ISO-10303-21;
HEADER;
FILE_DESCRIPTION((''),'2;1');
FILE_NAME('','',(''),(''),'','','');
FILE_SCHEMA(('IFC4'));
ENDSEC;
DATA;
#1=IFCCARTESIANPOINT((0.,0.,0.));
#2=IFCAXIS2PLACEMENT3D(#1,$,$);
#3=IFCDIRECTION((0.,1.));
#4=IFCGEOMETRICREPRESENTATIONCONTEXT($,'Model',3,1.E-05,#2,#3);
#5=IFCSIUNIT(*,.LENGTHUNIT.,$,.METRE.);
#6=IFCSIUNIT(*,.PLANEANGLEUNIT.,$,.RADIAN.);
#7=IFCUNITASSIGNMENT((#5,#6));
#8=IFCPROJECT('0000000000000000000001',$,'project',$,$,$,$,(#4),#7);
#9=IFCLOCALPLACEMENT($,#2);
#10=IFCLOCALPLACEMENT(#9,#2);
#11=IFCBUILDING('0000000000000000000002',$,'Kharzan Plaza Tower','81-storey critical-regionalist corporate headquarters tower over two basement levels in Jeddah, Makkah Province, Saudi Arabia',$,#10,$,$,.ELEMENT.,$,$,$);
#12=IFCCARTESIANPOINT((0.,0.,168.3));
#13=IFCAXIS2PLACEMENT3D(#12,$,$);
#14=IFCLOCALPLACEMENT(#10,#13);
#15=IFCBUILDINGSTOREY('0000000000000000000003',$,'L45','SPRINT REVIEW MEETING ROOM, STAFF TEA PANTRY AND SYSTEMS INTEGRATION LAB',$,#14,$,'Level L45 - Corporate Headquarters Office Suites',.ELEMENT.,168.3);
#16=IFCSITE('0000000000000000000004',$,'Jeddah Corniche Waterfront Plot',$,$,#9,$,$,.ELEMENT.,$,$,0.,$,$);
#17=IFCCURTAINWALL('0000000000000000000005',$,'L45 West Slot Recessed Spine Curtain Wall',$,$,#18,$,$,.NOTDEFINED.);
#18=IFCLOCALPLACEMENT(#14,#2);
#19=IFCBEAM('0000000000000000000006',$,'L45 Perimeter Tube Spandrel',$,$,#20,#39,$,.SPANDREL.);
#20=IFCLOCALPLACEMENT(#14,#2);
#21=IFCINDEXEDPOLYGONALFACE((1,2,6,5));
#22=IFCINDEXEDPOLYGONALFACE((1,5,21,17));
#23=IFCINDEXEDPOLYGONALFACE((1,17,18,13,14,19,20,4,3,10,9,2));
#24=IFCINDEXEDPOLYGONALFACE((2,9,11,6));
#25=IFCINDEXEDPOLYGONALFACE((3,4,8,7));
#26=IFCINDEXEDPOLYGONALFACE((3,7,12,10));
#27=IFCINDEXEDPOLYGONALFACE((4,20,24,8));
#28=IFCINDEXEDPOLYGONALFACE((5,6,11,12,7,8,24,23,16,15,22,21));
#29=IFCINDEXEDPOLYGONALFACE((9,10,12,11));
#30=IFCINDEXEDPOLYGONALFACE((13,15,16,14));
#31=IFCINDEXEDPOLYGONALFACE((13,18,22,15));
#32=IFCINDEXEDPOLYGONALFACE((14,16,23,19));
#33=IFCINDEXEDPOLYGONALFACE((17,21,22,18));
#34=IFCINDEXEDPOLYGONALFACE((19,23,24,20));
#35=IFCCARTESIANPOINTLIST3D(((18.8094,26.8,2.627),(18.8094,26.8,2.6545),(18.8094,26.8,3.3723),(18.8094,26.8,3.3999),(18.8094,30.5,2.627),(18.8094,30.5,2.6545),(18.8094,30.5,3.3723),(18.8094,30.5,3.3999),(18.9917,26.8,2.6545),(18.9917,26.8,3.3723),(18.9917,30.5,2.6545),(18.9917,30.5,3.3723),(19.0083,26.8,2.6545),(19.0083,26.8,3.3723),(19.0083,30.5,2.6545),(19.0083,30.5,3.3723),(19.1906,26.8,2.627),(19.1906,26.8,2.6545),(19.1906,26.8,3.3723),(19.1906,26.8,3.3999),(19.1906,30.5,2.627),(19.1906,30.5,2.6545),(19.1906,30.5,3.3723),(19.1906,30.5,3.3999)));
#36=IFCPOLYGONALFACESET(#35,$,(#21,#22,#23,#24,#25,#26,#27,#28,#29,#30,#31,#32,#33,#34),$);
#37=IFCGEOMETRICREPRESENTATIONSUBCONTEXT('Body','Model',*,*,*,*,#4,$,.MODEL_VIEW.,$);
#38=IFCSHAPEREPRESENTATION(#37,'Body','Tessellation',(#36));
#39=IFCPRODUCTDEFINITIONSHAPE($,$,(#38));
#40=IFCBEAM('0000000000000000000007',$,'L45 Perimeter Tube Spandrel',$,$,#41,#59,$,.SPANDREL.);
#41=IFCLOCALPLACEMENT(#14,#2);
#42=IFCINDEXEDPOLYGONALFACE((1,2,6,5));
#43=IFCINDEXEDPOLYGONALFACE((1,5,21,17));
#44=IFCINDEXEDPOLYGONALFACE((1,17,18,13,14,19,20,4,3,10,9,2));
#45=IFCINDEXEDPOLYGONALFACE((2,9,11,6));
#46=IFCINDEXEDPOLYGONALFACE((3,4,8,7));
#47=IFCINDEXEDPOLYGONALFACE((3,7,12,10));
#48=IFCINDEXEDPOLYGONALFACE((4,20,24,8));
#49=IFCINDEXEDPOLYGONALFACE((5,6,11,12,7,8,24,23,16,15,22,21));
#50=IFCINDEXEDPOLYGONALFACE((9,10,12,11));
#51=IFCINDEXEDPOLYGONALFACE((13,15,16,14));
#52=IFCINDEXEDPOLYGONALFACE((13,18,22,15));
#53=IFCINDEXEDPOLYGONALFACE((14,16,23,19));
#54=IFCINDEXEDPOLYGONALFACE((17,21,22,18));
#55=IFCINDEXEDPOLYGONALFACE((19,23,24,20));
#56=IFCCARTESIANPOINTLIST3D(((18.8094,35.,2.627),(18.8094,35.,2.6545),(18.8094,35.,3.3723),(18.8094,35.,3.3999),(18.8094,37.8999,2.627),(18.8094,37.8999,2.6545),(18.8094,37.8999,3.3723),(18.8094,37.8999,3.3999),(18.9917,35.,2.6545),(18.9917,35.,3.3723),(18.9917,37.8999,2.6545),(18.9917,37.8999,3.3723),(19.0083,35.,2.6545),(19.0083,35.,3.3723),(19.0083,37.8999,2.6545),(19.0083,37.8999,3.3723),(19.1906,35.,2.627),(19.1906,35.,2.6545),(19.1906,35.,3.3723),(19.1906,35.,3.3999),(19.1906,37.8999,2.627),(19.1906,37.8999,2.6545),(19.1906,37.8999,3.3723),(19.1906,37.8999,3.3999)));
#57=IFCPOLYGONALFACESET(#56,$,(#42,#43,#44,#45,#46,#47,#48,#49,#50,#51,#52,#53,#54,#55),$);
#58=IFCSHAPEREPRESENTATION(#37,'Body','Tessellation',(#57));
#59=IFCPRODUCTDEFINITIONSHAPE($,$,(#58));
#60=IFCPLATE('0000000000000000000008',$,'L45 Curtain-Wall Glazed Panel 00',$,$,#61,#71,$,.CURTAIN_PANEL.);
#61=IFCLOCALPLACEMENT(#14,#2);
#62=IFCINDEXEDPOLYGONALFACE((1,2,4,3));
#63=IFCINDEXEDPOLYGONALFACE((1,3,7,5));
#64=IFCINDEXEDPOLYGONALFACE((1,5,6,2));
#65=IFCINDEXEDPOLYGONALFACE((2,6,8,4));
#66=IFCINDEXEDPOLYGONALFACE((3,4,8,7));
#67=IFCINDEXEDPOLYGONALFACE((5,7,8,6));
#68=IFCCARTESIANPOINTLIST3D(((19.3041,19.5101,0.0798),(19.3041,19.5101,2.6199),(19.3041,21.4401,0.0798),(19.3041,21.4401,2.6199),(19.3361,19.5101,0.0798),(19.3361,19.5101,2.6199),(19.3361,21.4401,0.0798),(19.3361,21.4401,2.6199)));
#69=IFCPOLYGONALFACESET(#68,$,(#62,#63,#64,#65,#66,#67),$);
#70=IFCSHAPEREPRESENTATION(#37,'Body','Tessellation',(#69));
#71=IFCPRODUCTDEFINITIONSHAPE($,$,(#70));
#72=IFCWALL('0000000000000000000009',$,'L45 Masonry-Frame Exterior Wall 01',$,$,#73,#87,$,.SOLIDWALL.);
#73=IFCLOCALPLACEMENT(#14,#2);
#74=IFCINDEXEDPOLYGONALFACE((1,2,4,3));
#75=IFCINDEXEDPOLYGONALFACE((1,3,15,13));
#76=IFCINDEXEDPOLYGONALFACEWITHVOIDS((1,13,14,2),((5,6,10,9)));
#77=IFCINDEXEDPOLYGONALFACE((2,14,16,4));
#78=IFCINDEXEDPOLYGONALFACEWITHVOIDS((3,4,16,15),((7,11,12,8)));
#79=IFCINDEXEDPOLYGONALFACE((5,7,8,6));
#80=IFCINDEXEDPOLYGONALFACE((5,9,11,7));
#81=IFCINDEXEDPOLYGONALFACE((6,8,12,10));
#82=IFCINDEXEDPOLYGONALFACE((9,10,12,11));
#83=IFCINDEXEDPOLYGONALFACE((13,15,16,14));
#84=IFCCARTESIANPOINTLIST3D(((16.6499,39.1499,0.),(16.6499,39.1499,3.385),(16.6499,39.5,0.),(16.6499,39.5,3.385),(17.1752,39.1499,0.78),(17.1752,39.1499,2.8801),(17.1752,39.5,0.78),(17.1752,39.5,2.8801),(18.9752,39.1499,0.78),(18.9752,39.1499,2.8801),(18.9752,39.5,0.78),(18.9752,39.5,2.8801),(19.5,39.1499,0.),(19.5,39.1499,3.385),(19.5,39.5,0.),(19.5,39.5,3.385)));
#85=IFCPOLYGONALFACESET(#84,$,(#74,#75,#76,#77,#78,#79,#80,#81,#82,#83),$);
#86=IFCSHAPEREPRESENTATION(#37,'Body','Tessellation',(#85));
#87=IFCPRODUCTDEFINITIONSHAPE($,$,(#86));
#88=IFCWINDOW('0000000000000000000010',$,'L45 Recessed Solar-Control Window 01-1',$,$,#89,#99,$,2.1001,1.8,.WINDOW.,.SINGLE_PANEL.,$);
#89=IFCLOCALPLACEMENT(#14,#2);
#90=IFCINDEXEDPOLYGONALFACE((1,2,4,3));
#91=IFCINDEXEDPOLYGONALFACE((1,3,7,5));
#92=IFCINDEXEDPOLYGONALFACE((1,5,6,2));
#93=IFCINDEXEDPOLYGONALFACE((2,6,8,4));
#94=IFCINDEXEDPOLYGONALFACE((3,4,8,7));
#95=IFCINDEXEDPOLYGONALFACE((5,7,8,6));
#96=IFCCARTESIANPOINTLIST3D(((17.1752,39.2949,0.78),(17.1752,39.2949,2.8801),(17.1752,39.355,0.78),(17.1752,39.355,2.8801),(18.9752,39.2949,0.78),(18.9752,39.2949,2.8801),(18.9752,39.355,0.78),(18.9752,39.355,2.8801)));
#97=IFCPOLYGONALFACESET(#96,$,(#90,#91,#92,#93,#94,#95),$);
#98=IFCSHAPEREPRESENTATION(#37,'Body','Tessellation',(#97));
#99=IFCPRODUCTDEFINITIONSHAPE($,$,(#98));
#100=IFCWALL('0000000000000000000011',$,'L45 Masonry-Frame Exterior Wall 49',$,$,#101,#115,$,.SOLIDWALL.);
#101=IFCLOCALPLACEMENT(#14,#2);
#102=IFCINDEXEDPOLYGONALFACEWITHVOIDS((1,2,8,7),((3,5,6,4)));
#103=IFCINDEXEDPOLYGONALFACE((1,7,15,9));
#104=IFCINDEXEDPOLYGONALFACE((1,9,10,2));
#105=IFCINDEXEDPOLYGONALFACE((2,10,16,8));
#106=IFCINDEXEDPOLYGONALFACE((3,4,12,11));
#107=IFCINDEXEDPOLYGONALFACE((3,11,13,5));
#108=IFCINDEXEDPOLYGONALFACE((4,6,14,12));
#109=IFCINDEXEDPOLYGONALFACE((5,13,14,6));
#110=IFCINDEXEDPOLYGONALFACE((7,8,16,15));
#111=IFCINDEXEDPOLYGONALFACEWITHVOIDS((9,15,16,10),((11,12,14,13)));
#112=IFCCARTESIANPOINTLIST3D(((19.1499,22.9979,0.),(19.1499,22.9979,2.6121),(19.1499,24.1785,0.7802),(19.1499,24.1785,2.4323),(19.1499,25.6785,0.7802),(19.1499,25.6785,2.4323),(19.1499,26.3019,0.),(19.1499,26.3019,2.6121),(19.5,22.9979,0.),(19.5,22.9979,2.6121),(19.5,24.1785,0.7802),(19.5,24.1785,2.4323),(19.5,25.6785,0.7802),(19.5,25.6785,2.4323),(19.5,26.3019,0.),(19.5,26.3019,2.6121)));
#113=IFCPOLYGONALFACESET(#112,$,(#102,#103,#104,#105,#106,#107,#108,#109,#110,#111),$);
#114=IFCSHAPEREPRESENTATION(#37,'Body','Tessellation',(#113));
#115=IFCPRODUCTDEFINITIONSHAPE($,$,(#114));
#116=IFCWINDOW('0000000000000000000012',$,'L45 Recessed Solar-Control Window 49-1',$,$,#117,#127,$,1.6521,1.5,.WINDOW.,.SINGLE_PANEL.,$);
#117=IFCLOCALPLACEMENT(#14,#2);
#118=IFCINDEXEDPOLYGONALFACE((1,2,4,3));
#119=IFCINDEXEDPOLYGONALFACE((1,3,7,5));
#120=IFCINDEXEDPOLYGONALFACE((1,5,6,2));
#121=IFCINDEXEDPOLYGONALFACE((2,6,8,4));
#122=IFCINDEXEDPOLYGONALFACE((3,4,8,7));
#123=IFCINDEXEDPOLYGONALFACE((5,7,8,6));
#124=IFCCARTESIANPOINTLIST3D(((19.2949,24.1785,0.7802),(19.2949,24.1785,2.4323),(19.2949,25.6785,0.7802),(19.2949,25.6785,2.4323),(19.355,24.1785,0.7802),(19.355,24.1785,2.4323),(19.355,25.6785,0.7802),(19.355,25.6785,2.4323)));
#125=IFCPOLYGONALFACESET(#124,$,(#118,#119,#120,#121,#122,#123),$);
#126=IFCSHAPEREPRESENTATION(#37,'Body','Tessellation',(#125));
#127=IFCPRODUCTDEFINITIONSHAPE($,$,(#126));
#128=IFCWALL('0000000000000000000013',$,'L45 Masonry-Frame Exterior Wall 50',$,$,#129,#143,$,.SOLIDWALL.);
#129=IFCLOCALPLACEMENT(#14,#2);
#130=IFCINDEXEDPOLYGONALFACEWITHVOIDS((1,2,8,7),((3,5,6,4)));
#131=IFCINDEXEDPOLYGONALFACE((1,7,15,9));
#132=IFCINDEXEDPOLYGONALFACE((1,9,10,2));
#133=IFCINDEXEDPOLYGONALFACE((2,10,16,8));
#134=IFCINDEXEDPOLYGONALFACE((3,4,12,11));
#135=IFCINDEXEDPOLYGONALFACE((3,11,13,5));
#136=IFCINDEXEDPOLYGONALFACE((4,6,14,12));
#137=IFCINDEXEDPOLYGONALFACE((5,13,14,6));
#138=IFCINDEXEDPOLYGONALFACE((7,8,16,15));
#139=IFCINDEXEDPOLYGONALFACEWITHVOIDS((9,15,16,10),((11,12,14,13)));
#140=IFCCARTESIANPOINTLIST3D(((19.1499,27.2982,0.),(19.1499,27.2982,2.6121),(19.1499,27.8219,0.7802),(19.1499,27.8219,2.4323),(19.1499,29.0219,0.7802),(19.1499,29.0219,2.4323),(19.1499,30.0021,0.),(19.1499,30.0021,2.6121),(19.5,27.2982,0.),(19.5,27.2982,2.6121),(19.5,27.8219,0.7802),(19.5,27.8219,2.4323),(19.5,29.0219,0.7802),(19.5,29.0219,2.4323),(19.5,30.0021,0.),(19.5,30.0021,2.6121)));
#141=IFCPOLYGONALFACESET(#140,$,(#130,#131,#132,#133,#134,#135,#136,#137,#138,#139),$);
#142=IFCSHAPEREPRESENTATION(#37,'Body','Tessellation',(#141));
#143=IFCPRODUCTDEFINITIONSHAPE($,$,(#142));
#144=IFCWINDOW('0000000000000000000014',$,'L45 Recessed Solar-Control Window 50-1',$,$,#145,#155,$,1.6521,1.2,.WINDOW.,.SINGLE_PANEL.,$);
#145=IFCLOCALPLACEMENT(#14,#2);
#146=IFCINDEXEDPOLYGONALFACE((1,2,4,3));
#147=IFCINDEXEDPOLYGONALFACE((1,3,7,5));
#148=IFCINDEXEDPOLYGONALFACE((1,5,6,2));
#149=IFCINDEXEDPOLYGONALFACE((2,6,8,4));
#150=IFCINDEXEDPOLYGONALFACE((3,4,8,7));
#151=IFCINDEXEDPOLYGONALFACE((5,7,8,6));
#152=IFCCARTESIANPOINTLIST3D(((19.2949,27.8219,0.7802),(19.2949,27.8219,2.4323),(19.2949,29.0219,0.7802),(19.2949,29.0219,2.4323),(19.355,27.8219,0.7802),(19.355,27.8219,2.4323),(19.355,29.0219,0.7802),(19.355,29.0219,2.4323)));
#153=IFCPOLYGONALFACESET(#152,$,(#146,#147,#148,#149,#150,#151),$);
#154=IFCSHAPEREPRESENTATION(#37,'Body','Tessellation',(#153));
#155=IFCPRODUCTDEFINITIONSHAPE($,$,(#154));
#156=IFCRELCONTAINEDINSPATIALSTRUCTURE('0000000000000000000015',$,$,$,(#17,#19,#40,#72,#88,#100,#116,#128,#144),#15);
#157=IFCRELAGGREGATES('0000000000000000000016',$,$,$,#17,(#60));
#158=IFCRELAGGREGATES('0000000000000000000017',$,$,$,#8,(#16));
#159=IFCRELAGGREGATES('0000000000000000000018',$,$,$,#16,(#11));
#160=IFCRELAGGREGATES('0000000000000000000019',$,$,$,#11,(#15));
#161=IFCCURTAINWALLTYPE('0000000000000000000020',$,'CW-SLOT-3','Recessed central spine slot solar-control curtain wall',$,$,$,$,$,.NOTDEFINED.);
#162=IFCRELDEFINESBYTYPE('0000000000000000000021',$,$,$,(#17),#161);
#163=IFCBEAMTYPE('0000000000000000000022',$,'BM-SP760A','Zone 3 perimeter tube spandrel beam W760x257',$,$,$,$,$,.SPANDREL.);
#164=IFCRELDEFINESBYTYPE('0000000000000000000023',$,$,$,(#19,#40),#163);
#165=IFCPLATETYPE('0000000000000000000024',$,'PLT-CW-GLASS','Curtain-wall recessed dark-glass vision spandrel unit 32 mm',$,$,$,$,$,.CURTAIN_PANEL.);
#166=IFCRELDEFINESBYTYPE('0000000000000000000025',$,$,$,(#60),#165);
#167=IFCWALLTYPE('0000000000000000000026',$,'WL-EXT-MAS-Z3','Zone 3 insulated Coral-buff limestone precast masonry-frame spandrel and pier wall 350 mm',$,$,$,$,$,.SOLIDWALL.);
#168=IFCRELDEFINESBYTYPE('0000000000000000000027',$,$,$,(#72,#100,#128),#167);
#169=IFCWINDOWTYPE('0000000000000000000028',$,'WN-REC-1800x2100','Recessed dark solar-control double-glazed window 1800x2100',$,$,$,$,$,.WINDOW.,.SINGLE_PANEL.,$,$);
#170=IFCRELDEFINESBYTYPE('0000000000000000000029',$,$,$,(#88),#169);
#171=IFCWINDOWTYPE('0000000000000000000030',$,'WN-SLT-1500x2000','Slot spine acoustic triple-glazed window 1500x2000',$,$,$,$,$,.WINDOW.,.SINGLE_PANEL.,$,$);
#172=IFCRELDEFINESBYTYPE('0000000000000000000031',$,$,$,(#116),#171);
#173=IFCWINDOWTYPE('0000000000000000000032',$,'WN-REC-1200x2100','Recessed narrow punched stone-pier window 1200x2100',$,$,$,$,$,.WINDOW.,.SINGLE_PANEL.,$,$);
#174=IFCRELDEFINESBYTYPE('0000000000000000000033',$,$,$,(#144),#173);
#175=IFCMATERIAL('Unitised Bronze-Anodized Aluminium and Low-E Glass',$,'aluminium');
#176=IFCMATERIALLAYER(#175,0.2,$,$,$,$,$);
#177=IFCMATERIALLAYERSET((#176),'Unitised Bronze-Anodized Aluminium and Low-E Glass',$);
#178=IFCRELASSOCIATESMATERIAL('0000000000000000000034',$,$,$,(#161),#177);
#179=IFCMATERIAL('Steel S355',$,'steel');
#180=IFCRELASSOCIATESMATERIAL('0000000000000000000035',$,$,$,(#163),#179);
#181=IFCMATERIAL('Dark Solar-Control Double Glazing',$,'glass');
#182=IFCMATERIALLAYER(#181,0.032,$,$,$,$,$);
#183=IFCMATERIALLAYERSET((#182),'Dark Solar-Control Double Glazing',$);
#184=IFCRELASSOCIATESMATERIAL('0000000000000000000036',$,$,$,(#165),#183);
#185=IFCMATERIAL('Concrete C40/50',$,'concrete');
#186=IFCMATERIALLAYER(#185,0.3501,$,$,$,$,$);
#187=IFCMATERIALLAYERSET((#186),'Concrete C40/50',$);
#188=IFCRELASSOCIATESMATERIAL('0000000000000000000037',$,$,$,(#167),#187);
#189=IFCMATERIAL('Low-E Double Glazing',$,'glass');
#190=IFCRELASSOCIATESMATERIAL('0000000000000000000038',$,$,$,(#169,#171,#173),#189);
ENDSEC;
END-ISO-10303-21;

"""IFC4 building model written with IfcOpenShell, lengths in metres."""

from ifc_helpers import new_model, si_unit, direction, frame, frame_2d, origin, origin_2d, place, context, subcontext, project, spatial, rectangle, i_section, extrude, source, transform, mapped, material, layer, layer_set, material_profile, profile_set, type_object, element, fill, aggregate, save


model = new_model("IFC4")

# Units and contexts
model_context = context("Model", 3, precision=1e-05, world=origin(), true_north=direction((0.0, 1.0)))
body_context = subcontext(model_context, "Body", "Model", "MODEL_VIEW")
ifc_project = project(units=[si_unit("LENGTHUNIT", "METRE"), si_unit("PLANEANGLEUNIT", "RADIAN")], contexts=[model_context])

# Site, building, storey
site_placement = place(None, origin())
site = spatial("IfcSite", under=ifc_project, at=site_placement, Name="Jeddah Corniche Waterfront Plot", CompositionType="ELEMENT", RefElevation=0.0)
building_placement = place(site_placement, origin())
building = spatial("IfcBuilding", under=site, at=building_placement, Name="Kharzan Plaza Tower", Description="81-storey critical-regionalist corporate headquarters tower over two basement levels in Jeddah, Makkah Province, Saudi Arabia", CompositionType="ELEMENT")
storey_placement = place(building_placement, frame((0.0, 0.0, 168.3)))
storey = spatial("IfcBuildingStorey", under=building, at=storey_placement, Name="L45", Description="SPRINT REVIEW MEETING ROOM, STAFF TEA PANTRY AND SYSTEMS INTEGRATION LAB", LongName="Level L45 - Corporate Headquarters Office Suites", CompositionType="ELEMENT", Elevation=168.3)

# Shared definitions
ifc_material_1 = material(Name="Steel S355", Category="steel")

# Curtain wall
ifc_material_2 = material(Name="Unitised Bronze-Anodized Aluminium and Low-E Glass", Category="aluminium")
ifc_layer_1 = layer(ifc_material_2, 0.2)
ifc_layer_set_1 = layer_set([ifc_layer_1], Name="Unitised Bronze-Anodized Aluminium and Low-E Glass")
curtain_wall_type = type_object("IfcCurtainWallType", Name="CW-SLOT-3", Description="Recessed central spine slot solar-control curtain wall", PredefinedType="NOTDEFINED", material=ifc_layer_set_1)
curtain_wall_placement = place(storey_placement, origin())
curtain_wall = element("IfcCurtainWall", 1, at=curtain_wall_placement, inside=storey, type_object=curtain_wall_type, Name="L45 West Slot Recessed Spine Curtain Wall", PredefinedType="NOTDEFINED")

# Beams
ifc_material_profile_1 = material_profile(ifc_material_1, i_section(OverallWidth=0.3811, OverallDepth=0.7729, WebThickness=0.0166, FlangeThickness=0.0276, at=origin_2d()), Name="W760x257")
ifc_profile_set_1 = profile_set([ifc_material_profile_1], Name="Steel S355")
beam_type_1 = type_object("IfcBeamType", Name="BM-SP760A", Description="Zone 3 perimeter tube spandrel beam W760x257", PredefinedType="SPANDREL", material=ifc_profile_set_1)
shared_shape_1 = source(origin(), body_context, "Body", "SweptSolid", [
    extrude(i_section(OverallWidth=0.3811, OverallDepth=0.7729, WebThickness=0.0166, FlangeThickness=0.0276, at=origin_2d()), origin(), (0.0, 0.0, 1.0), 3.7),
])
beam_1_placement = place(storey_placement, frame((19.0, 26.8, 3.0134), z_axis=(0.0, 1.0, 0.0), x_axis=(-1.0, 0.0, 0.0)))
element("IfcBeam", 2, at=beam_1_placement, inside=storey, type_object=beam_type_1, Name="L45 Perimeter Tube Spandrel", PredefinedType="SPANDREL", context=body_context, shape_type="MappedRepresentation", body=[
    mapped(shared_shape_1, transform((0.0, 0.0, 0.0), x_axis=(1.0, 0.0, 0.0), y_axis=(0.0, 1.0, 0.0), z_axis=(0.0, 0.0, 1.0))),
])
shared_shape_2 = source(origin(), body_context, "Body", "SweptSolid", [
    extrude(i_section(OverallWidth=0.3811, OverallDepth=0.7729, WebThickness=0.0166, FlangeThickness=0.0276, at=origin_2d()), origin(), (0.0, 0.0, 1.0), 2.8999),
])
beam_2_placement = place(storey_placement, frame((19.0, 35.0, 3.0134), z_axis=(0.0, 1.0, 0.0), x_axis=(-1.0, 0.0, 0.0)))
element("IfcBeam", 3, at=beam_2_placement, inside=storey, type_object=beam_type_1, Name="L45 Perimeter Tube Spandrel", PredefinedType="SPANDREL", context=body_context, shape_type="MappedRepresentation", body=[
    mapped(shared_shape_2, transform((0.0, 0.0, 0.0), x_axis=(1.0, 0.0, 0.0), y_axis=(0.0, 1.0, 0.0), z_axis=(0.0, 0.0, 1.0))),
])

# Plate
ifc_material_3 = material(Name="Dark Solar-Control Double Glazing", Category="glass")
ifc_layer_2 = layer(ifc_material_3, 0.032)
ifc_layer_set_2 = layer_set([ifc_layer_2], Name="Dark Solar-Control Double Glazing")
plate_type = type_object("IfcPlateType", Name="PLT-CW-GLASS", Description="Curtain-wall recessed dark-glass vision spandrel unit 32 mm", PredefinedType="CURTAIN_PANEL", material=ifc_layer_set_2)
shared_shape_3 = source(origin(), body_context, "Body", "SweptSolid", [
    extrude(rectangle(XDim=1.9299, YDim=0.032, at=origin_2d()), origin(), (0.0, 0.0, 1.0), 2.54),
])
plate_placement = place(storey_placement, frame((19.3201, 20.4751, 0.0798), z_axis=(0.0, 0.0, 1.0), x_axis=(0.0, 1.0, 0.0)))
plate = element("IfcPlate", 4, at=plate_placement, type_object=plate_type, Name="L45 Curtain-Wall Glazed Panel 00", PredefinedType="CURTAIN_PANEL", context=body_context, shape_type="MappedRepresentation", body=[
    mapped(shared_shape_3, transform((0.0, 0.0, 0.0), x_axis=(1.0, 0.0, 0.0), y_axis=(0.0, 1.0, 0.0), z_axis=(0.0, 0.0, 1.0))),
])
aggregate(curtain_wall, [plate])

# Walls, openings, windows
ifc_material_4 = material(Name="Concrete C40/50", Category="concrete")
ifc_layer_3 = layer(ifc_material_4, 0.3501)
ifc_layer_set_3 = layer_set([ifc_layer_3], Name="Concrete C40/50")
wall_type_1 = type_object("IfcWallType", Name="WL-EXT-MAS-Z3", Description="Zone 3 insulated Coral-buff limestone precast masonry-frame spandrel and pier wall 350 mm", PredefinedType="SOLIDWALL", material=ifc_layer_set_3)
wall_1_placement = place(storey_placement, frame((19.5, 39.325, 0.0), z_axis=(0.0, 0.0, 1.0), x_axis=(-1.0, 0.0, 0.0)))
wall_1 = element("IfcWall", 5, at=wall_1_placement, inside=storey, type_object=wall_type_1, Name="L45 Masonry-Frame Exterior Wall 01", PredefinedType="SOLIDWALL", context=body_context, shape_type="SweptSolid", body=[
    extrude(rectangle(XDim=2.8501, YDim=0.3501, at=frame_2d((1.425, 0.0))), origin(), (0.0, 0.0, 1.0), 3.385),
])
opening_1_placement = place(wall_1_placement, frame((0.5249, 0.0, 0.78)))
opening_1 = element("IfcOpeningElement", 6, at=opening_1_placement, cuts=wall_1, PredefinedType="OPENING", context=body_context, shape_type="SweptSolid", body=[
    extrude(rectangle(XDim=1.8, YDim=2.1001, at=frame_2d((0.8999, 1.05))), frame((0.0, 0.1851, 0.0), z_axis=(0.0, -1.0, 0.0), x_axis=(1.0, 0.0, 0.0)), (0.0, 0.0, 1.0), 0.3701),
])
ifc_material_5 = material(Name="Low-E Double Glazing", Category="glass")
window_type_1 = type_object("IfcWindowType", Name="WN-REC-1800x2100", Description="Recessed dark solar-control double-glazed window 1800x2100", PartitioningType="SINGLE_PANEL", PredefinedType="WINDOW", material=ifc_material_5)
shared_shape_4 = source(origin(), body_context, "Body", "SweptSolid", [
    extrude(rectangle(XDim=1.8, YDim=2.1001, at=frame_2d((0.8999, 1.05))), frame((0.0, 0.03, 0.0), z_axis=(0.0, -1.0, 0.0), x_axis=(1.0, 0.0, 0.0)), (0.0, 0.0, 1.0), 0.0601),
])
window_1_placement = place(opening_1_placement, origin())
window_1 = element("IfcWindow", 7, at=window_1_placement, inside=storey, type_object=window_type_1, Name="L45 Recessed Solar-Control Window 01-1", OverallHeight=2.1001, OverallWidth=1.8, PartitioningType="SINGLE_PANEL", PredefinedType="WINDOW", context=body_context, shape_type="MappedRepresentation", body=[
    mapped(shared_shape_4, transform((0.0, 0.0, 0.0), x_axis=(1.0, 0.0, 0.0), y_axis=(0.0, 1.0, 0.0), z_axis=(0.0, 0.0, 1.0))),
])
fill(opening_1, window_1)
wall_2_placement = place(storey_placement, frame((19.325, 22.998, 0.0), z_axis=(0.0, 0.0, 1.0), x_axis=(0.0, 1.0, 0.0)))
wall_2 = element("IfcWall", 8, at=wall_2_placement, inside=storey, type_object=wall_type_1, Name="L45 Masonry-Frame Exterior Wall 49", PredefinedType="SOLIDWALL", context=body_context, shape_type="SweptSolid", body=[
    extrude(rectangle(XDim=3.304, YDim=0.3501, at=frame_2d((1.6519, 0.0))), origin(), (0.0, 0.0, 1.0), 2.6121),
])
opening_2_placement = place(wall_2_placement, frame((1.1804, 0.0, 0.78)))
opening_2 = element("IfcOpeningElement", 9, at=opening_2_placement, cuts=wall_2, PredefinedType="OPENING", context=body_context, shape_type="SweptSolid", body=[
    extrude(rectangle(XDim=1.5, YDim=1.6521, at=frame_2d((0.75, 0.8262))), frame((0.0, 0.1851, 0.0), z_axis=(0.0, -1.0, 0.0), x_axis=(1.0, 0.0, 0.0)), (0.0, 0.0, 1.0), 0.3701),
])
window_type_2 = type_object("IfcWindowType", Name="WN-SLT-1500x2000", Description="Slot spine acoustic triple-glazed window 1500x2000", PartitioningType="SINGLE_PANEL", PredefinedType="WINDOW", material=ifc_material_5)
shared_shape_5 = source(origin(), body_context, "Body", "SweptSolid", [
    extrude(rectangle(XDim=1.5, YDim=1.6521, at=frame_2d((0.75, 0.8262))), frame((0.0, 0.03, 0.0), z_axis=(0.0, -1.0, 0.0), x_axis=(1.0, 0.0, 0.0)), (0.0, 0.0, 1.0), 0.0601),
])
window_2_placement = place(opening_2_placement, origin())
window_2 = element("IfcWindow", 10, at=window_2_placement, inside=storey, type_object=window_type_2, Name="L45 Recessed Solar-Control Window 49-1", OverallHeight=1.6521, OverallWidth=1.5, PartitioningType="SINGLE_PANEL", PredefinedType="WINDOW", context=body_context, shape_type="MappedRepresentation", body=[
    mapped(shared_shape_5, transform((0.0, 0.0, 0.0), x_axis=(1.0, 0.0, 0.0), y_axis=(0.0, 1.0, 0.0), z_axis=(0.0, 0.0, 1.0))),
])
fill(opening_2, window_2)
wall_3_placement = place(storey_placement, frame((19.325, 27.2981, 0.0), z_axis=(0.0, 0.0, 1.0), x_axis=(0.0, 1.0, 0.0)))
wall_3 = element("IfcWall", 11, at=wall_3_placement, inside=storey, type_object=wall_type_1, Name="L45 Masonry-Frame Exterior Wall 50", PredefinedType="SOLIDWALL", context=body_context, shape_type="SweptSolid", body=[
    extrude(rectangle(XDim=2.7039, YDim=0.3501, at=frame_2d((1.3521, 0.0))), origin(), (0.0, 0.0, 1.0), 2.6121),
])
opening_3_placement = place(wall_3_placement, frame((0.5237, 0.0, 0.78)))
opening_3 = element("IfcOpeningElement", 12, at=opening_3_placement, cuts=wall_3, PredefinedType="OPENING", context=body_context, shape_type="SweptSolid", body=[
    extrude(rectangle(XDim=1.2, YDim=1.6521, at=frame_2d((0.6001, 0.8262))), frame((0.0, 0.1851, 0.0), z_axis=(0.0, -1.0, 0.0), x_axis=(1.0, 0.0, 0.0)), (0.0, 0.0, 1.0), 0.3701),
])
window_type_3 = type_object("IfcWindowType", Name="WN-REC-1200x2100", Description="Recessed narrow punched stone-pier window 1200x2100", PartitioningType="SINGLE_PANEL", PredefinedType="WINDOW", material=ifc_material_5)
shared_shape_6 = source(origin(), body_context, "Body", "SweptSolid", [
    extrude(rectangle(XDim=1.2, YDim=1.6521, at=frame_2d((0.6001, 0.8262))), frame((0.0, 0.03, 0.0), z_axis=(0.0, -1.0, 0.0), x_axis=(1.0, 0.0, 0.0)), (0.0, 0.0, 1.0), 0.0601),
])
window_3_placement = place(opening_3_placement, origin())
window_3 = element("IfcWindow", 13, at=window_3_placement, inside=storey, type_object=window_type_3, Name="L45 Recessed Solar-Control Window 50-1", OverallHeight=1.6521, OverallWidth=1.2, PartitioningType="SINGLE_PANEL", PredefinedType="WINDOW", context=body_context, shape_type="MappedRepresentation", body=[
    mapped(shared_shape_6, transform((0.0, 0.0, 0.0), x_axis=(1.0, 0.0, 0.0), y_axis=(0.0, 1.0, 0.0), z_axis=(0.0, 0.0, 1.0))),
])
fill(opening_3, window_3)

save(model, "model.ifc")
